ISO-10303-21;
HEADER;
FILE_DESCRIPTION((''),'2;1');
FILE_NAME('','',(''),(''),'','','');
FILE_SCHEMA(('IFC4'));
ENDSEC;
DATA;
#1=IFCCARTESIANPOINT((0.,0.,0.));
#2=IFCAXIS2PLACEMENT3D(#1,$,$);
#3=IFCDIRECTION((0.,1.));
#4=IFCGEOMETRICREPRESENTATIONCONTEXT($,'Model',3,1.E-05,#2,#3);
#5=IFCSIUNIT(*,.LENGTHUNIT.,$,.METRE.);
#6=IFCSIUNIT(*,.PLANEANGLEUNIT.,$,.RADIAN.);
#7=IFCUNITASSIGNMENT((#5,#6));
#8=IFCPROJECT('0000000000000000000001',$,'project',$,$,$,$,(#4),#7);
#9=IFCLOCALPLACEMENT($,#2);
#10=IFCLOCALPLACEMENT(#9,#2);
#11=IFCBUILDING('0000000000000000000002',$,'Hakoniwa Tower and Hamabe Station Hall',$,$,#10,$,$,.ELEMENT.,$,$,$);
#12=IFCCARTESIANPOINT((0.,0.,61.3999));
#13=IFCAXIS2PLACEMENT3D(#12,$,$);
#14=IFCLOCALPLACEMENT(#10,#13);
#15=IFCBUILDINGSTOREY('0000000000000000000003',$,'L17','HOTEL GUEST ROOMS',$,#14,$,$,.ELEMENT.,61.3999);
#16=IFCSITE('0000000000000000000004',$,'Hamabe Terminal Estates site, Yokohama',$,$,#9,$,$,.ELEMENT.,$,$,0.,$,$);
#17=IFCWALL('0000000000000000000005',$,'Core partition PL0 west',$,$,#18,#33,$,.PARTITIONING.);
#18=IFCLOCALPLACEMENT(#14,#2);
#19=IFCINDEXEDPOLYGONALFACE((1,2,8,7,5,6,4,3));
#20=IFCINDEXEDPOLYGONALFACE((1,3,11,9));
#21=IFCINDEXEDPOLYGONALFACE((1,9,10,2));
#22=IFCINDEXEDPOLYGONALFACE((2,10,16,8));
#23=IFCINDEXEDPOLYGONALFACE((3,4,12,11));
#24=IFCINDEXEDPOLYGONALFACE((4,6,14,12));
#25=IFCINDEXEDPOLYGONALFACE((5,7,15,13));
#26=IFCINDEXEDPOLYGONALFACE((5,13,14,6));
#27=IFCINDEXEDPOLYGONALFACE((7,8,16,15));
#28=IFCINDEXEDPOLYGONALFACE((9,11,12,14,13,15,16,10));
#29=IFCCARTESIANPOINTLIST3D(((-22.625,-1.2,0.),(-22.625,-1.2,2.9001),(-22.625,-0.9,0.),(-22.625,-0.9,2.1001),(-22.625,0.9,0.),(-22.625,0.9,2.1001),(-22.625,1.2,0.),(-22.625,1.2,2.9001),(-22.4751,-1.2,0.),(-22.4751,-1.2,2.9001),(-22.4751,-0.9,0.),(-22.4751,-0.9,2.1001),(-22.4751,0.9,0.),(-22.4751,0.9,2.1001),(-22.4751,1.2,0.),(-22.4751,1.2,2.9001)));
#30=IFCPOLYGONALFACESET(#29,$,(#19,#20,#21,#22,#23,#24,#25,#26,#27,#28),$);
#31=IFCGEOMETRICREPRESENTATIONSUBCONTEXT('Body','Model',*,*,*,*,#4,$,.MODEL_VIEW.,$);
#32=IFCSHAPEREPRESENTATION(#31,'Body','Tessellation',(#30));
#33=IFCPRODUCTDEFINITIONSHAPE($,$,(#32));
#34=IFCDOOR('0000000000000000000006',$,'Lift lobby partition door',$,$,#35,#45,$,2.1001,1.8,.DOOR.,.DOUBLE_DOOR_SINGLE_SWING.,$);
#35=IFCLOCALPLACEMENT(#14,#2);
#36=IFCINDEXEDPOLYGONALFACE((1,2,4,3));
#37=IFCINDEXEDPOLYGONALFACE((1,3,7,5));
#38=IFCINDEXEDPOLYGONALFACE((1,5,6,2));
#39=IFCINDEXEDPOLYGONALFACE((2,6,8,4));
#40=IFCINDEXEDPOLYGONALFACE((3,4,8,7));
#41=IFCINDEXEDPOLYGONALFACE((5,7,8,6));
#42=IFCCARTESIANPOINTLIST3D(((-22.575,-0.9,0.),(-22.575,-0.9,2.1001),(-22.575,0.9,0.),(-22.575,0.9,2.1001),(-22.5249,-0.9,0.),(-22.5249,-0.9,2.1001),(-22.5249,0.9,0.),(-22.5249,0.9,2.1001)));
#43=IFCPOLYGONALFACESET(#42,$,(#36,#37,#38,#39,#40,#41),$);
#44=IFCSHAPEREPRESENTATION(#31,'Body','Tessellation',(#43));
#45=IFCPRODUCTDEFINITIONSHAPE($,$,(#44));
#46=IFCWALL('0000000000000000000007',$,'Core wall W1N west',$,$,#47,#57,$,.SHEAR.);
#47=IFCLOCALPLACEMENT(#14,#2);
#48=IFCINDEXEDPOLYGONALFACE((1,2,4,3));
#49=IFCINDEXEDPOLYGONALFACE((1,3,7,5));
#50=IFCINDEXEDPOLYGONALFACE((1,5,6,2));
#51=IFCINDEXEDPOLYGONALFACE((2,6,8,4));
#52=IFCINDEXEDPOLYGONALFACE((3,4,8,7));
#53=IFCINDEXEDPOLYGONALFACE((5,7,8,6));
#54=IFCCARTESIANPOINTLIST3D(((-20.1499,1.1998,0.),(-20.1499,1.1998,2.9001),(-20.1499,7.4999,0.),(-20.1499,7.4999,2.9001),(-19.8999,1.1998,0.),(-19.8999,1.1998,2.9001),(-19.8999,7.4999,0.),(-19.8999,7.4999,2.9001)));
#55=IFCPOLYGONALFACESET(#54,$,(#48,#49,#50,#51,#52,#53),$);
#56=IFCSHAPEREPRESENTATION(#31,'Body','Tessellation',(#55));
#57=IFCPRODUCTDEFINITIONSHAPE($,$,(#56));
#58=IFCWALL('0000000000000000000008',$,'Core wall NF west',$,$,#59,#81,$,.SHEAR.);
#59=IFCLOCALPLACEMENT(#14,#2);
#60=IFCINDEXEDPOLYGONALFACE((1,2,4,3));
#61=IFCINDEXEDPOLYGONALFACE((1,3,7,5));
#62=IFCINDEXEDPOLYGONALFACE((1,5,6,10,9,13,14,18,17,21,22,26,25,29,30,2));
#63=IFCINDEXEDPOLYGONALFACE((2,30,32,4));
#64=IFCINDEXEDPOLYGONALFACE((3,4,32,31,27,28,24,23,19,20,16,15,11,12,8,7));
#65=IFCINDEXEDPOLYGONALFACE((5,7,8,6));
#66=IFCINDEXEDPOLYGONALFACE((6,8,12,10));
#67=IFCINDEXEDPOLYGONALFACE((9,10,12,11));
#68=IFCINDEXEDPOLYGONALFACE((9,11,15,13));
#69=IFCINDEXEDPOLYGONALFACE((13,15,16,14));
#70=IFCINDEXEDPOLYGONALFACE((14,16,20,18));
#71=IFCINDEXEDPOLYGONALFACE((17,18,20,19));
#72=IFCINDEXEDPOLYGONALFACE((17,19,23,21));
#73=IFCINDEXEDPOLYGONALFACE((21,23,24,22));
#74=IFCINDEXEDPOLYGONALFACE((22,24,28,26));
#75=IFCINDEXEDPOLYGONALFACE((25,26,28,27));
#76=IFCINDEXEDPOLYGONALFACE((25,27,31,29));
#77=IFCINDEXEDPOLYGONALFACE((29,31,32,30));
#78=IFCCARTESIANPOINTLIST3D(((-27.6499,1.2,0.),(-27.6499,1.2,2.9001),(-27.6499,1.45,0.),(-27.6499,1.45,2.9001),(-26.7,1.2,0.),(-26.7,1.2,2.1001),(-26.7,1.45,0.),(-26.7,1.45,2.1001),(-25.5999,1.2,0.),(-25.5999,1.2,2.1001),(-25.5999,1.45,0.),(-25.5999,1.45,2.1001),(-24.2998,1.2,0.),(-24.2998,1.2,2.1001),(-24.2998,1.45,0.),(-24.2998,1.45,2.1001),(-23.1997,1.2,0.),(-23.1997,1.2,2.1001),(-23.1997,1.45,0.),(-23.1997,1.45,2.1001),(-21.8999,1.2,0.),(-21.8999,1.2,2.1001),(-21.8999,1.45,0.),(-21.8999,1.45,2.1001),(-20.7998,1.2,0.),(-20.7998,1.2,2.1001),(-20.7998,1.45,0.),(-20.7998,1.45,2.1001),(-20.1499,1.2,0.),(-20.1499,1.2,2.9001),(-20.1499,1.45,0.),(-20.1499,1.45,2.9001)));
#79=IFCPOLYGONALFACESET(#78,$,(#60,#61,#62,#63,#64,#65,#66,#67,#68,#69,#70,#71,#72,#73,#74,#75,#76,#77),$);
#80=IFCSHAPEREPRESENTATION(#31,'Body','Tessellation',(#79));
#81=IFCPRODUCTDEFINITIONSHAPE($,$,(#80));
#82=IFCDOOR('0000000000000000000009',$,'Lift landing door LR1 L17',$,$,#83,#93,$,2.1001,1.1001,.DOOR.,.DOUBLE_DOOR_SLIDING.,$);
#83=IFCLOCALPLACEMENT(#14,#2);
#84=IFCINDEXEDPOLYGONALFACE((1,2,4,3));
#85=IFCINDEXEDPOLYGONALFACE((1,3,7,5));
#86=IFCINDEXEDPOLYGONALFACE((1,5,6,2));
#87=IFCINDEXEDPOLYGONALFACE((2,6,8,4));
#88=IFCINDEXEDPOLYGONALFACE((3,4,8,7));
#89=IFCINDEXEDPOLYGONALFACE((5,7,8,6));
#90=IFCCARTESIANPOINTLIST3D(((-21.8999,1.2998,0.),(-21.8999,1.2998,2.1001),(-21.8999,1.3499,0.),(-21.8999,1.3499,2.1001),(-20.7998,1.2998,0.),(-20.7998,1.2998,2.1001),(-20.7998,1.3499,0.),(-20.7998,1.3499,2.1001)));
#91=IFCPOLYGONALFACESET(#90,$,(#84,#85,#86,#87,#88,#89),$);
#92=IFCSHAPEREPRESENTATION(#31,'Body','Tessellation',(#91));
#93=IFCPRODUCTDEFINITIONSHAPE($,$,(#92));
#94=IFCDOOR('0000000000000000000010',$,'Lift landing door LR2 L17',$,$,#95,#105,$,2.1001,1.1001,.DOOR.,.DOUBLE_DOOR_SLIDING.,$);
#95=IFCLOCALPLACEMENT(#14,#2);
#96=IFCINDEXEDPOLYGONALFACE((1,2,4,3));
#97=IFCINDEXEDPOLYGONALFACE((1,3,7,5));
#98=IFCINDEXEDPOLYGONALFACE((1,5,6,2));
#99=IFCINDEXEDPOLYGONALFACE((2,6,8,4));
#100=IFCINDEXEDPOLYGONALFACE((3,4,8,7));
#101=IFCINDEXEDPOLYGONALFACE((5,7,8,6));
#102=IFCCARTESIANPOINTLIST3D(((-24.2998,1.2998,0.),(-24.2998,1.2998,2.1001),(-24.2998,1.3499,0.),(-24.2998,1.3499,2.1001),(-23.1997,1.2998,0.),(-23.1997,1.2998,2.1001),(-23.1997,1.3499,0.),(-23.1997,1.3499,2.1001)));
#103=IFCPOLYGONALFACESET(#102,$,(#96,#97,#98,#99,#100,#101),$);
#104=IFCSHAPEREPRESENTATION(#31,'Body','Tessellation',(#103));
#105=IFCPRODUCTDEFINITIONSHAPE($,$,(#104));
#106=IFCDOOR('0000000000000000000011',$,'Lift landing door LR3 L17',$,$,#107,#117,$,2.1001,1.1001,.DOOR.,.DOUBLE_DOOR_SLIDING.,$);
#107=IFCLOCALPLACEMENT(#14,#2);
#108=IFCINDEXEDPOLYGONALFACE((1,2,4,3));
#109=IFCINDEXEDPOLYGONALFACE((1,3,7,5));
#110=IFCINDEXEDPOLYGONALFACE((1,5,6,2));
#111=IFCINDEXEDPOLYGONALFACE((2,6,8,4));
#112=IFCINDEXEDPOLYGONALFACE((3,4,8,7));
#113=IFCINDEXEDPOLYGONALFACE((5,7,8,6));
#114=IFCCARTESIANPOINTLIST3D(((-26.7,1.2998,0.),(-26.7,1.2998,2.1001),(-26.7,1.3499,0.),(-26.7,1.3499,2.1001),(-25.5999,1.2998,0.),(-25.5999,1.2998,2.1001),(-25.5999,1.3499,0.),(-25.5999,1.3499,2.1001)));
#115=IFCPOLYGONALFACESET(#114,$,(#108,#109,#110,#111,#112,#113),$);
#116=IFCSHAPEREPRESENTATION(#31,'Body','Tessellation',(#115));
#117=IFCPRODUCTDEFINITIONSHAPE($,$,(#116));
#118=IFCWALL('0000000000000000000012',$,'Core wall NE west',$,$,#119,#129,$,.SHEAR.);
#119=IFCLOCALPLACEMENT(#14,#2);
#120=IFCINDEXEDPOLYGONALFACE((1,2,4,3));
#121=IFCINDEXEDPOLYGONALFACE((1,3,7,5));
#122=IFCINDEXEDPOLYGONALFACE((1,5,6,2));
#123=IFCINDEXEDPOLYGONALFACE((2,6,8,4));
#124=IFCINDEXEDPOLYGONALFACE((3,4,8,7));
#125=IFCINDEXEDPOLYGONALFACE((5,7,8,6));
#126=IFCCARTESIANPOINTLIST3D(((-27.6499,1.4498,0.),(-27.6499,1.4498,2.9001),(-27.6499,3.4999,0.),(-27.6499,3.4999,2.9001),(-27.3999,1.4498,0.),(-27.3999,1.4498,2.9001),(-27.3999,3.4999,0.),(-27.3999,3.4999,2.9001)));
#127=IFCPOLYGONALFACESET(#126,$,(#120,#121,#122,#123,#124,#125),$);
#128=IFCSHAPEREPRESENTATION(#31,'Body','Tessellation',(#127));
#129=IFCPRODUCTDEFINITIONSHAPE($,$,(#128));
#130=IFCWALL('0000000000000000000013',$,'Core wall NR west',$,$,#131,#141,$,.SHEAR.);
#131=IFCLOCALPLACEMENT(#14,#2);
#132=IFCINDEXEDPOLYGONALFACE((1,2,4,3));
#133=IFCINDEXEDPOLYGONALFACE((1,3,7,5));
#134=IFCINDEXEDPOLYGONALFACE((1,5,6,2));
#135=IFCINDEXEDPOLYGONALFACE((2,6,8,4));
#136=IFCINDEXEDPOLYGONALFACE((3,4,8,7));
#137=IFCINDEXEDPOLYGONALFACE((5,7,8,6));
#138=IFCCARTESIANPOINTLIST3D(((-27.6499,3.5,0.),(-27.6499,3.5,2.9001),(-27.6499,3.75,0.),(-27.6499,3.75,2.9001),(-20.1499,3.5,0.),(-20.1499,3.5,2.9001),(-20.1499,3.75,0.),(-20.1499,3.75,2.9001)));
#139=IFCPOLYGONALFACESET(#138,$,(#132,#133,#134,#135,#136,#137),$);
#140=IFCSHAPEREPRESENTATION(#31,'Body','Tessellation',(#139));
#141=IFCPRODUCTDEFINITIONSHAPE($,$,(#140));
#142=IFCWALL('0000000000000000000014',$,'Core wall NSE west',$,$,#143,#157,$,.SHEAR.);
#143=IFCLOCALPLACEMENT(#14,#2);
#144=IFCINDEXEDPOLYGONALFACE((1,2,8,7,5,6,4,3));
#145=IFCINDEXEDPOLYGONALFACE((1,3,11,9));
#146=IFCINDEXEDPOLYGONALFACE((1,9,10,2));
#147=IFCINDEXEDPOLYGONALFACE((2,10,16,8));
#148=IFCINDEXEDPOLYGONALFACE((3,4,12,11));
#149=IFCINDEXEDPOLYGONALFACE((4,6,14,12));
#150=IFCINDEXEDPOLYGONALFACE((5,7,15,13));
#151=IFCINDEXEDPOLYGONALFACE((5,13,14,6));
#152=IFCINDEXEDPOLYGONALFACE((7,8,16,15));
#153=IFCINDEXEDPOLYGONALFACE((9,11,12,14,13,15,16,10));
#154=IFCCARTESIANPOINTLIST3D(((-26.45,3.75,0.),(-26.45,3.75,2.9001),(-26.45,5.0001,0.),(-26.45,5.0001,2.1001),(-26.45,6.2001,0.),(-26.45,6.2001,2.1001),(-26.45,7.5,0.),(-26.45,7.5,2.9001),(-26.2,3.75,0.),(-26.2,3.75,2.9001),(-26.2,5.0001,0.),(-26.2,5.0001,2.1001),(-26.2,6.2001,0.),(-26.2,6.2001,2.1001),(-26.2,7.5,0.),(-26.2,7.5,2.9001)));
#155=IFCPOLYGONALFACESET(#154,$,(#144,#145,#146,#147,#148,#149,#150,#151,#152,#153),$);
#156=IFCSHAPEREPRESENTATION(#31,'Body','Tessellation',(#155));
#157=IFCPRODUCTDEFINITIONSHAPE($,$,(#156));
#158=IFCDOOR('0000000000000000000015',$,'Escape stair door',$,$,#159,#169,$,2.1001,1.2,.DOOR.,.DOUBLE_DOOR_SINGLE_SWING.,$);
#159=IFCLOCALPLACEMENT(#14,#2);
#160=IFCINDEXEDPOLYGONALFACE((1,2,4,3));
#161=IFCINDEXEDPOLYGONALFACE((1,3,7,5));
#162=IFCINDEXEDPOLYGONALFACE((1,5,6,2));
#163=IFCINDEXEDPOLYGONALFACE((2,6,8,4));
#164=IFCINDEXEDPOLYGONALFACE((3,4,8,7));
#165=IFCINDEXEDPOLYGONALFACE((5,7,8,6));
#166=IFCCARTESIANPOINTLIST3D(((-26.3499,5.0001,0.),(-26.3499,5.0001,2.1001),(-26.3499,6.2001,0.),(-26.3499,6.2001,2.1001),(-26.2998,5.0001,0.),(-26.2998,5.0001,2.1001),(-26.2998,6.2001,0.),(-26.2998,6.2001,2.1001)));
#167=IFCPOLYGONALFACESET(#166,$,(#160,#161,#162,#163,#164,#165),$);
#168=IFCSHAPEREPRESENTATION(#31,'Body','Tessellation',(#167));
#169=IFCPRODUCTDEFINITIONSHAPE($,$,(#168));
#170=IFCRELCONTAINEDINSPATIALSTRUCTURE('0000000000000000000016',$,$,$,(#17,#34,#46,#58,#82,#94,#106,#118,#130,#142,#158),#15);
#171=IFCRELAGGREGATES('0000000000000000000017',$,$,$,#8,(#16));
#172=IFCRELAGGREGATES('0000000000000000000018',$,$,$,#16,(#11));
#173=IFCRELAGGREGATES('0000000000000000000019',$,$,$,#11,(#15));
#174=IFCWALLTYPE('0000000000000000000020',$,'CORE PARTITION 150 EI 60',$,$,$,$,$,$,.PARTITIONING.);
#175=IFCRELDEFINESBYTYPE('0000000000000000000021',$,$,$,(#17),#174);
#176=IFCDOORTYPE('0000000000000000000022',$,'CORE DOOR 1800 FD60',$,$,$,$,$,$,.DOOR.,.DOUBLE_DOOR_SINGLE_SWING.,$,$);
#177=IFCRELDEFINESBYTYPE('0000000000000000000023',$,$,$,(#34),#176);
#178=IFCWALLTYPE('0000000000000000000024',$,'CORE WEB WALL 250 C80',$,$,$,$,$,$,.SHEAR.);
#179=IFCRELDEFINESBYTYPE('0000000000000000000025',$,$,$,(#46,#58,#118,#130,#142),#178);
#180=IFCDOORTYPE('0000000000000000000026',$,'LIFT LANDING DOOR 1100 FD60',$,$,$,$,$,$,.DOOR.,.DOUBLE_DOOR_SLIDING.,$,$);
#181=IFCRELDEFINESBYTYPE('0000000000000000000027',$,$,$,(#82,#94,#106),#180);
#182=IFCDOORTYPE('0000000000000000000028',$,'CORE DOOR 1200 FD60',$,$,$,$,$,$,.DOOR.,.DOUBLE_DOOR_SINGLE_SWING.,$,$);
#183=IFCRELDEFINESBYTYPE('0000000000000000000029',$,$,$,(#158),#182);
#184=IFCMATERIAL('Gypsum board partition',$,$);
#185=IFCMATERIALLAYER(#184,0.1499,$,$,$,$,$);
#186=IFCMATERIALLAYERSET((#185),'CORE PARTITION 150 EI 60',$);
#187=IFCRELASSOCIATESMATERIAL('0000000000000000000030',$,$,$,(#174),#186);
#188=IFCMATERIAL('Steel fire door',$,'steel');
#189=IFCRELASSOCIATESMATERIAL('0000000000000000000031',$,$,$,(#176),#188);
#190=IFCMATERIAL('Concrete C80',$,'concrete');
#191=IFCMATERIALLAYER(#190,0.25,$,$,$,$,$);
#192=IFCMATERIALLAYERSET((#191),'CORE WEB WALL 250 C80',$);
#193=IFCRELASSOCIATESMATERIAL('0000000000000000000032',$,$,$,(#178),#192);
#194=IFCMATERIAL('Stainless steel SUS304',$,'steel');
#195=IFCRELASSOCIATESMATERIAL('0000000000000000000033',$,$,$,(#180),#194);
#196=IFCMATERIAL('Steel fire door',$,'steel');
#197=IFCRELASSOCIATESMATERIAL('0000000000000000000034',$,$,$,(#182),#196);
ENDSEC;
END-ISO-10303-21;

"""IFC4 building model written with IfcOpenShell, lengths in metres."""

from ifc_helpers import new_model, si_unit, direction, frame, frame_2d, origin, place, context, subcontext, project, spatial, rectangle, extrude, material, layer, layer_set, type_object, element, fill, save


model = new_model("IFC4")

# Units and contexts
model_context = context("Model", 3, precision=1e-05, world=origin(), true_north=direction((0.0, 1.0)))
body_context = subcontext(model_context, "Body", "Model", "MODEL_VIEW")
ifc_project = project(units=[si_unit("LENGTHUNIT", "METRE"), si_unit("PLANEANGLEUNIT", "RADIAN")], contexts=[model_context])

# Site, building, storey
site_placement = place(None, origin())
site = spatial("IfcSite", under=ifc_project, at=site_placement, Name="Hamabe Terminal Estates site, Yokohama", CompositionType="ELEMENT", RefElevation=0.0)
building_placement = place(site_placement, origin())
building = spatial("IfcBuilding", under=site, at=building_placement, Name="Hakoniwa Tower and Hamabe Station Hall", CompositionType="ELEMENT")
storey_placement = place(building_placement, frame((0.0, 0.0, 61.3999)))
storey = spatial("IfcBuildingStorey", under=building, at=storey_placement, Name="L17", Description="HOTEL GUEST ROOMS", CompositionType="ELEMENT", Elevation=61.3999)

# Wall, opening, door
ifc_material_1 = material(Name="Gypsum board partition")
ifc_layer_1 = layer(ifc_material_1, 0.1499)
ifc_layer_set_1 = layer_set([ifc_layer_1], Name="CORE PARTITION 150 EI 60")
wall_type_1 = type_object("IfcWallType", Name="CORE PARTITION 150 EI 60", PredefinedType="PARTITIONING", material=ifc_layer_set_1)
wall_1_placement = place(storey_placement, frame((-22.55, -1.2, 0.0), z_axis=(0.0, 0.0, 1.0), x_axis=(0.0, 1.0, 0.0)))
wall_1 = element("IfcWall", 1, at=wall_1_placement, inside=storey, type_object=wall_type_1, Name="Core partition PL0 west", PredefinedType="PARTITIONING", context=body_context, shape_type="SweptSolid", body=[
    extrude(rectangle(XDim=2.3999, YDim=0.1499, at=frame_2d((1.2, 0.0))), origin(), (0.0, 0.0, 1.0), 2.9001),
])
opening_1_placement = place(wall_1_placement, frame((0.3, 0.0, 0.0)))
opening_1 = element("IfcOpeningElement", 2, at=opening_1_placement, cuts=wall_1, PredefinedType="OPENING", context=body_context, shape_type="SweptSolid", body=[
    extrude(rectangle(XDim=1.8, YDim=2.1001, at=frame_2d((0.8999, 1.05))), frame((0.0, 0.085, 0.0), z_axis=(0.0, -1.0, 0.0), x_axis=(1.0, 0.0, 0.0)), (0.0, 0.0, 1.0), 0.1699),
])
ifc_material_2 = material(Name="Steel fire door", Category="steel")
door_type_1 = type_object("IfcDoorType", Name="CORE DOOR 1800 FD60", OperationType="DOUBLE_DOOR_SINGLE_SWING", PredefinedType="DOOR", material=ifc_material_2)
door_1_placement = place(opening_1_placement, origin())
door_1 = element("IfcDoor", 3, at=door_1_placement, inside=storey, type_object=door_type_1, Name="Lift lobby partition door", OperationType="DOUBLE_DOOR_SINGLE_SWING", OverallHeight=2.1001, OverallWidth=1.8, PredefinedType="DOOR", context=body_context, shape_type="SweptSolid", body=[
    extrude(rectangle(XDim=1.8, YDim=2.1001, at=frame_2d((0.8999, 1.05))), frame((0.0, 0.0249, 0.0), z_axis=(0.0, -1.0, 0.0), x_axis=(1.0, 0.0, 0.0)), (0.0, 0.0, 1.0), 0.05),
])
fill(opening_1, door_1)

# Wall
ifc_material_3 = material(Name="Concrete C80", Category="concrete")
ifc_layer_2 = layer(ifc_material_3, 0.25)
ifc_layer_set_2 = layer_set([ifc_layer_2], Name="CORE WEB WALL 250 C80")
wall_type_2 = type_object("IfcWallType", Name="CORE WEB WALL 250 C80", PredefinedType="SHEAR", material=ifc_layer_set_2)
wall_2_placement = place(storey_placement, frame((-20.0249, 1.2, 0.0), z_axis=(0.0, 0.0, 1.0), x_axis=(0.0, 1.0, 0.0)))
element("IfcWall", 4, at=wall_2_placement, inside=storey, type_object=wall_type_2, Name="Core wall W1N west", PredefinedType="SHEAR", context=body_context, shape_type="SweptSolid", body=[
    extrude(rectangle(XDim=6.3, YDim=0.25, at=frame_2d((3.1499, 0.0))), origin(), (0.0, 0.0, 1.0), 2.9001),
])

# Wall, openings, doors
wall_3_placement = place(storey_placement, frame((-27.6499, 1.325, 0.0), z_axis=(0.0, 0.0, 1.0), x_axis=(1.0, 0.0, 0.0)))
wall_3 = element("IfcWall", 5, at=wall_3_placement, inside=storey, type_object=wall_type_2, Name="Core wall NF west", PredefinedType="SHEAR", context=body_context, shape_type="SweptSolid", body=[
    extrude(rectangle(XDim=7.5, YDim=0.25, at=frame_2d((3.75, 0.0))), origin(), (0.0, 0.0, 1.0), 2.9001),
])
opening_2_placement = place(wall_3_placement, frame((5.75, 0.0, 0.0)))
opening_2 = element("IfcOpeningElement", 6, at=opening_2_placement, cuts=wall_3, PredefinedType="OPENING", context=body_context, shape_type="SweptSolid", body=[
    extrude(rectangle(XDim=1.1001, YDim=2.1001, at=frame_2d((0.55, 1.05))), frame((0.0, 0.135, 0.0), z_axis=(0.0, -1.0, 0.0), x_axis=(1.0, 0.0, 0.0)), (0.0, 0.0, 1.0), 0.27),
])
opening_3_placement = place(wall_3_placement, frame((3.3501, 0.0, 0.0)))
opening_3 = element("IfcOpeningElement", 7, at=opening_3_placement, cuts=wall_3, PredefinedType="OPENING", context=body_context, shape_type="SweptSolid", body=[
    extrude(rectangle(XDim=1.1001, YDim=2.1001, at=frame_2d((0.55, 1.05))), frame((0.0, 0.135, 0.0), z_axis=(0.0, -1.0, 0.0), x_axis=(1.0, 0.0, 0.0)), (0.0, 0.0, 1.0), 0.27),
])
opening_4_placement = place(wall_3_placement, frame((0.95, 0.0, 0.0)))
opening_4 = element("IfcOpeningElement", 8, at=opening_4_placement, cuts=wall_3, PredefinedType="OPENING", context=body_context, shape_type="SweptSolid", body=[
    extrude(rectangle(XDim=1.1001, YDim=2.1001, at=frame_2d((0.55, 1.05))), frame((0.0, 0.135, 0.0), z_axis=(0.0, -1.0, 0.0), x_axis=(1.0, 0.0, 0.0)), (0.0, 0.0, 1.0), 0.27),
])
ifc_material_4 = material(Name="Stainless steel SUS304", Category="steel")
door_type_2 = type_object("IfcDoorType", Name="LIFT LANDING DOOR 1100 FD60", OperationType="DOUBLE_DOOR_SLIDING", PredefinedType="DOOR", material=ifc_material_4)
door_2_placement = place(opening_2_placement, origin())
door_2 = element("IfcDoor", 9, at=door_2_placement, inside=storey, type_object=door_type_2, Name="Lift landing door LR1 L17", OperationType="DOUBLE_DOOR_SLIDING", OverallHeight=2.1001, OverallWidth=1.1001, PredefinedType="DOOR", context=body_context, shape_type="SweptSolid", body=[
    extrude(rectangle(XDim=1.1001, YDim=2.1001, at=frame_2d((0.55, 1.05))), frame((0.0, 0.0249, 0.0), z_axis=(0.0, -1.0, 0.0), x_axis=(1.0, 0.0, 0.0)), (0.0, 0.0, 1.0), 0.05),
])
fill(opening_2, door_2)
door_3_placement = place(opening_3_placement, origin())
door_3 = element("IfcDoor", 10, at=door_3_placement, inside=storey, type_object=door_type_2, Name="Lift landing door LR2 L17", OperationType="DOUBLE_DOOR_SLIDING", OverallHeight=2.1001, OverallWidth=1.1001, PredefinedType="DOOR", context=body_context, shape_type="SweptSolid", body=[
    extrude(rectangle(XDim=1.1001, YDim=2.1001, at=frame_2d((0.55, 1.05))), frame((0.0, 0.0249, 0.0), z_axis=(0.0, -1.0, 0.0), x_axis=(1.0, 0.0, 0.0)), (0.0, 0.0, 1.0), 0.05),
])
fill(opening_3, door_3)
door_4_placement = place(opening_4_placement, origin())
door_4 = element("IfcDoor", 11, at=door_4_placement, inside=storey, type_object=door_type_2, Name="Lift landing door LR3 L17", OperationType="DOUBLE_DOOR_SLIDING", OverallHeight=2.1001, OverallWidth=1.1001, PredefinedType="DOOR", context=body_context, shape_type="SweptSolid", body=[
    extrude(rectangle(XDim=1.1001, YDim=2.1001, at=frame_2d((0.55, 1.05))), frame((0.0, 0.0249, 0.0), z_axis=(0.0, -1.0, 0.0), x_axis=(1.0, 0.0, 0.0)), (0.0, 0.0, 1.0), 0.05),
])
fill(opening_4, door_4)

# Walls
wall_4_placement = place(storey_placement, frame((-27.5249, 1.45, 0.0), z_axis=(0.0, 0.0, 1.0), x_axis=(0.0, 1.0, 0.0)))
element("IfcWall", 12, at=wall_4_placement, inside=storey, type_object=wall_type_2, Name="Core wall NE west", PredefinedType="SHEAR", context=body_context, shape_type="SweptSolid", body=[
    extrude(rectangle(XDim=2.05, YDim=0.25, at=frame_2d((1.0249, 0.0))), origin(), (0.0, 0.0, 1.0), 2.9001),
])
wall_5_placement = place(storey_placement, frame((-27.6499, 3.625, 0.0), z_axis=(0.0, 0.0, 1.0), x_axis=(1.0, 0.0, 0.0)))
element("IfcWall", 13, at=wall_5_placement, inside=storey, type_object=wall_type_2, Name="Core wall NR west", PredefinedType="SHEAR", context=body_context, shape_type="SweptSolid", body=[
    extrude(rectangle(XDim=7.5, YDim=0.25, at=frame_2d((3.75, 0.0))), origin(), (0.0, 0.0, 1.0), 2.9001),
])

# Wall, opening, door
wall_6_placement = place(storey_placement, frame((-26.325, 3.75, 0.0), z_axis=(0.0, 0.0, 1.0), x_axis=(0.0, 1.0, 0.0)))
wall_6 = element("IfcWall", 14, at=wall_6_placement, inside=storey, type_object=wall_type_2, Name="Core wall NSE west", PredefinedType="SHEAR", context=body_context, shape_type="SweptSolid", body=[
    extrude(rectangle(XDim=3.75, YDim=0.25, at=frame_2d((1.875, 0.0))), origin(), (0.0, 0.0, 1.0), 2.9001),
])
opening_5_placement = place(wall_6_placement, frame((1.25, 0.0, 0.0)))
opening_5 = element("IfcOpeningElement", 15, at=opening_5_placement, cuts=wall_6, PredefinedType="OPENING", context=body_context, shape_type="SweptSolid", body=[
    extrude(rectangle(XDim=1.2, YDim=2.1001, at=frame_2d((0.6001, 1.05))), frame((0.0, 0.135, 0.0), z_axis=(0.0, -1.0, 0.0), x_axis=(1.0, 0.0, 0.0)), (0.0, 0.0, 1.0), 0.27),
])
ifc_material_5 = material(Name="Steel fire door", Category="steel")
door_type_3 = type_object("IfcDoorType", Name="CORE DOOR 1200 FD60", OperationType="DOUBLE_DOOR_SINGLE_SWING", PredefinedType="DOOR", material=ifc_material_5)
door_5_placement = place(opening_5_placement, origin())
door_5 = element("IfcDoor", 16, at=door_5_placement, inside=storey, type_object=door_type_3, Name="Escape stair door", OperationType="DOUBLE_DOOR_SINGLE_SWING", OverallHeight=2.1001, OverallWidth=1.2, PredefinedType="DOOR", context=body_context, shape_type="SweptSolid", body=[
    extrude(rectangle(XDim=1.2, YDim=2.1001, at=frame_2d((0.6001, 1.05))), frame((0.0, 0.0249, 0.0), z_axis=(0.0, -1.0, 0.0), x_axis=(1.0, 0.0, 0.0)), (0.0, 0.0, 1.0), 0.05),
])
fill(opening_5, door_5)

save(model, "model.ifc")
